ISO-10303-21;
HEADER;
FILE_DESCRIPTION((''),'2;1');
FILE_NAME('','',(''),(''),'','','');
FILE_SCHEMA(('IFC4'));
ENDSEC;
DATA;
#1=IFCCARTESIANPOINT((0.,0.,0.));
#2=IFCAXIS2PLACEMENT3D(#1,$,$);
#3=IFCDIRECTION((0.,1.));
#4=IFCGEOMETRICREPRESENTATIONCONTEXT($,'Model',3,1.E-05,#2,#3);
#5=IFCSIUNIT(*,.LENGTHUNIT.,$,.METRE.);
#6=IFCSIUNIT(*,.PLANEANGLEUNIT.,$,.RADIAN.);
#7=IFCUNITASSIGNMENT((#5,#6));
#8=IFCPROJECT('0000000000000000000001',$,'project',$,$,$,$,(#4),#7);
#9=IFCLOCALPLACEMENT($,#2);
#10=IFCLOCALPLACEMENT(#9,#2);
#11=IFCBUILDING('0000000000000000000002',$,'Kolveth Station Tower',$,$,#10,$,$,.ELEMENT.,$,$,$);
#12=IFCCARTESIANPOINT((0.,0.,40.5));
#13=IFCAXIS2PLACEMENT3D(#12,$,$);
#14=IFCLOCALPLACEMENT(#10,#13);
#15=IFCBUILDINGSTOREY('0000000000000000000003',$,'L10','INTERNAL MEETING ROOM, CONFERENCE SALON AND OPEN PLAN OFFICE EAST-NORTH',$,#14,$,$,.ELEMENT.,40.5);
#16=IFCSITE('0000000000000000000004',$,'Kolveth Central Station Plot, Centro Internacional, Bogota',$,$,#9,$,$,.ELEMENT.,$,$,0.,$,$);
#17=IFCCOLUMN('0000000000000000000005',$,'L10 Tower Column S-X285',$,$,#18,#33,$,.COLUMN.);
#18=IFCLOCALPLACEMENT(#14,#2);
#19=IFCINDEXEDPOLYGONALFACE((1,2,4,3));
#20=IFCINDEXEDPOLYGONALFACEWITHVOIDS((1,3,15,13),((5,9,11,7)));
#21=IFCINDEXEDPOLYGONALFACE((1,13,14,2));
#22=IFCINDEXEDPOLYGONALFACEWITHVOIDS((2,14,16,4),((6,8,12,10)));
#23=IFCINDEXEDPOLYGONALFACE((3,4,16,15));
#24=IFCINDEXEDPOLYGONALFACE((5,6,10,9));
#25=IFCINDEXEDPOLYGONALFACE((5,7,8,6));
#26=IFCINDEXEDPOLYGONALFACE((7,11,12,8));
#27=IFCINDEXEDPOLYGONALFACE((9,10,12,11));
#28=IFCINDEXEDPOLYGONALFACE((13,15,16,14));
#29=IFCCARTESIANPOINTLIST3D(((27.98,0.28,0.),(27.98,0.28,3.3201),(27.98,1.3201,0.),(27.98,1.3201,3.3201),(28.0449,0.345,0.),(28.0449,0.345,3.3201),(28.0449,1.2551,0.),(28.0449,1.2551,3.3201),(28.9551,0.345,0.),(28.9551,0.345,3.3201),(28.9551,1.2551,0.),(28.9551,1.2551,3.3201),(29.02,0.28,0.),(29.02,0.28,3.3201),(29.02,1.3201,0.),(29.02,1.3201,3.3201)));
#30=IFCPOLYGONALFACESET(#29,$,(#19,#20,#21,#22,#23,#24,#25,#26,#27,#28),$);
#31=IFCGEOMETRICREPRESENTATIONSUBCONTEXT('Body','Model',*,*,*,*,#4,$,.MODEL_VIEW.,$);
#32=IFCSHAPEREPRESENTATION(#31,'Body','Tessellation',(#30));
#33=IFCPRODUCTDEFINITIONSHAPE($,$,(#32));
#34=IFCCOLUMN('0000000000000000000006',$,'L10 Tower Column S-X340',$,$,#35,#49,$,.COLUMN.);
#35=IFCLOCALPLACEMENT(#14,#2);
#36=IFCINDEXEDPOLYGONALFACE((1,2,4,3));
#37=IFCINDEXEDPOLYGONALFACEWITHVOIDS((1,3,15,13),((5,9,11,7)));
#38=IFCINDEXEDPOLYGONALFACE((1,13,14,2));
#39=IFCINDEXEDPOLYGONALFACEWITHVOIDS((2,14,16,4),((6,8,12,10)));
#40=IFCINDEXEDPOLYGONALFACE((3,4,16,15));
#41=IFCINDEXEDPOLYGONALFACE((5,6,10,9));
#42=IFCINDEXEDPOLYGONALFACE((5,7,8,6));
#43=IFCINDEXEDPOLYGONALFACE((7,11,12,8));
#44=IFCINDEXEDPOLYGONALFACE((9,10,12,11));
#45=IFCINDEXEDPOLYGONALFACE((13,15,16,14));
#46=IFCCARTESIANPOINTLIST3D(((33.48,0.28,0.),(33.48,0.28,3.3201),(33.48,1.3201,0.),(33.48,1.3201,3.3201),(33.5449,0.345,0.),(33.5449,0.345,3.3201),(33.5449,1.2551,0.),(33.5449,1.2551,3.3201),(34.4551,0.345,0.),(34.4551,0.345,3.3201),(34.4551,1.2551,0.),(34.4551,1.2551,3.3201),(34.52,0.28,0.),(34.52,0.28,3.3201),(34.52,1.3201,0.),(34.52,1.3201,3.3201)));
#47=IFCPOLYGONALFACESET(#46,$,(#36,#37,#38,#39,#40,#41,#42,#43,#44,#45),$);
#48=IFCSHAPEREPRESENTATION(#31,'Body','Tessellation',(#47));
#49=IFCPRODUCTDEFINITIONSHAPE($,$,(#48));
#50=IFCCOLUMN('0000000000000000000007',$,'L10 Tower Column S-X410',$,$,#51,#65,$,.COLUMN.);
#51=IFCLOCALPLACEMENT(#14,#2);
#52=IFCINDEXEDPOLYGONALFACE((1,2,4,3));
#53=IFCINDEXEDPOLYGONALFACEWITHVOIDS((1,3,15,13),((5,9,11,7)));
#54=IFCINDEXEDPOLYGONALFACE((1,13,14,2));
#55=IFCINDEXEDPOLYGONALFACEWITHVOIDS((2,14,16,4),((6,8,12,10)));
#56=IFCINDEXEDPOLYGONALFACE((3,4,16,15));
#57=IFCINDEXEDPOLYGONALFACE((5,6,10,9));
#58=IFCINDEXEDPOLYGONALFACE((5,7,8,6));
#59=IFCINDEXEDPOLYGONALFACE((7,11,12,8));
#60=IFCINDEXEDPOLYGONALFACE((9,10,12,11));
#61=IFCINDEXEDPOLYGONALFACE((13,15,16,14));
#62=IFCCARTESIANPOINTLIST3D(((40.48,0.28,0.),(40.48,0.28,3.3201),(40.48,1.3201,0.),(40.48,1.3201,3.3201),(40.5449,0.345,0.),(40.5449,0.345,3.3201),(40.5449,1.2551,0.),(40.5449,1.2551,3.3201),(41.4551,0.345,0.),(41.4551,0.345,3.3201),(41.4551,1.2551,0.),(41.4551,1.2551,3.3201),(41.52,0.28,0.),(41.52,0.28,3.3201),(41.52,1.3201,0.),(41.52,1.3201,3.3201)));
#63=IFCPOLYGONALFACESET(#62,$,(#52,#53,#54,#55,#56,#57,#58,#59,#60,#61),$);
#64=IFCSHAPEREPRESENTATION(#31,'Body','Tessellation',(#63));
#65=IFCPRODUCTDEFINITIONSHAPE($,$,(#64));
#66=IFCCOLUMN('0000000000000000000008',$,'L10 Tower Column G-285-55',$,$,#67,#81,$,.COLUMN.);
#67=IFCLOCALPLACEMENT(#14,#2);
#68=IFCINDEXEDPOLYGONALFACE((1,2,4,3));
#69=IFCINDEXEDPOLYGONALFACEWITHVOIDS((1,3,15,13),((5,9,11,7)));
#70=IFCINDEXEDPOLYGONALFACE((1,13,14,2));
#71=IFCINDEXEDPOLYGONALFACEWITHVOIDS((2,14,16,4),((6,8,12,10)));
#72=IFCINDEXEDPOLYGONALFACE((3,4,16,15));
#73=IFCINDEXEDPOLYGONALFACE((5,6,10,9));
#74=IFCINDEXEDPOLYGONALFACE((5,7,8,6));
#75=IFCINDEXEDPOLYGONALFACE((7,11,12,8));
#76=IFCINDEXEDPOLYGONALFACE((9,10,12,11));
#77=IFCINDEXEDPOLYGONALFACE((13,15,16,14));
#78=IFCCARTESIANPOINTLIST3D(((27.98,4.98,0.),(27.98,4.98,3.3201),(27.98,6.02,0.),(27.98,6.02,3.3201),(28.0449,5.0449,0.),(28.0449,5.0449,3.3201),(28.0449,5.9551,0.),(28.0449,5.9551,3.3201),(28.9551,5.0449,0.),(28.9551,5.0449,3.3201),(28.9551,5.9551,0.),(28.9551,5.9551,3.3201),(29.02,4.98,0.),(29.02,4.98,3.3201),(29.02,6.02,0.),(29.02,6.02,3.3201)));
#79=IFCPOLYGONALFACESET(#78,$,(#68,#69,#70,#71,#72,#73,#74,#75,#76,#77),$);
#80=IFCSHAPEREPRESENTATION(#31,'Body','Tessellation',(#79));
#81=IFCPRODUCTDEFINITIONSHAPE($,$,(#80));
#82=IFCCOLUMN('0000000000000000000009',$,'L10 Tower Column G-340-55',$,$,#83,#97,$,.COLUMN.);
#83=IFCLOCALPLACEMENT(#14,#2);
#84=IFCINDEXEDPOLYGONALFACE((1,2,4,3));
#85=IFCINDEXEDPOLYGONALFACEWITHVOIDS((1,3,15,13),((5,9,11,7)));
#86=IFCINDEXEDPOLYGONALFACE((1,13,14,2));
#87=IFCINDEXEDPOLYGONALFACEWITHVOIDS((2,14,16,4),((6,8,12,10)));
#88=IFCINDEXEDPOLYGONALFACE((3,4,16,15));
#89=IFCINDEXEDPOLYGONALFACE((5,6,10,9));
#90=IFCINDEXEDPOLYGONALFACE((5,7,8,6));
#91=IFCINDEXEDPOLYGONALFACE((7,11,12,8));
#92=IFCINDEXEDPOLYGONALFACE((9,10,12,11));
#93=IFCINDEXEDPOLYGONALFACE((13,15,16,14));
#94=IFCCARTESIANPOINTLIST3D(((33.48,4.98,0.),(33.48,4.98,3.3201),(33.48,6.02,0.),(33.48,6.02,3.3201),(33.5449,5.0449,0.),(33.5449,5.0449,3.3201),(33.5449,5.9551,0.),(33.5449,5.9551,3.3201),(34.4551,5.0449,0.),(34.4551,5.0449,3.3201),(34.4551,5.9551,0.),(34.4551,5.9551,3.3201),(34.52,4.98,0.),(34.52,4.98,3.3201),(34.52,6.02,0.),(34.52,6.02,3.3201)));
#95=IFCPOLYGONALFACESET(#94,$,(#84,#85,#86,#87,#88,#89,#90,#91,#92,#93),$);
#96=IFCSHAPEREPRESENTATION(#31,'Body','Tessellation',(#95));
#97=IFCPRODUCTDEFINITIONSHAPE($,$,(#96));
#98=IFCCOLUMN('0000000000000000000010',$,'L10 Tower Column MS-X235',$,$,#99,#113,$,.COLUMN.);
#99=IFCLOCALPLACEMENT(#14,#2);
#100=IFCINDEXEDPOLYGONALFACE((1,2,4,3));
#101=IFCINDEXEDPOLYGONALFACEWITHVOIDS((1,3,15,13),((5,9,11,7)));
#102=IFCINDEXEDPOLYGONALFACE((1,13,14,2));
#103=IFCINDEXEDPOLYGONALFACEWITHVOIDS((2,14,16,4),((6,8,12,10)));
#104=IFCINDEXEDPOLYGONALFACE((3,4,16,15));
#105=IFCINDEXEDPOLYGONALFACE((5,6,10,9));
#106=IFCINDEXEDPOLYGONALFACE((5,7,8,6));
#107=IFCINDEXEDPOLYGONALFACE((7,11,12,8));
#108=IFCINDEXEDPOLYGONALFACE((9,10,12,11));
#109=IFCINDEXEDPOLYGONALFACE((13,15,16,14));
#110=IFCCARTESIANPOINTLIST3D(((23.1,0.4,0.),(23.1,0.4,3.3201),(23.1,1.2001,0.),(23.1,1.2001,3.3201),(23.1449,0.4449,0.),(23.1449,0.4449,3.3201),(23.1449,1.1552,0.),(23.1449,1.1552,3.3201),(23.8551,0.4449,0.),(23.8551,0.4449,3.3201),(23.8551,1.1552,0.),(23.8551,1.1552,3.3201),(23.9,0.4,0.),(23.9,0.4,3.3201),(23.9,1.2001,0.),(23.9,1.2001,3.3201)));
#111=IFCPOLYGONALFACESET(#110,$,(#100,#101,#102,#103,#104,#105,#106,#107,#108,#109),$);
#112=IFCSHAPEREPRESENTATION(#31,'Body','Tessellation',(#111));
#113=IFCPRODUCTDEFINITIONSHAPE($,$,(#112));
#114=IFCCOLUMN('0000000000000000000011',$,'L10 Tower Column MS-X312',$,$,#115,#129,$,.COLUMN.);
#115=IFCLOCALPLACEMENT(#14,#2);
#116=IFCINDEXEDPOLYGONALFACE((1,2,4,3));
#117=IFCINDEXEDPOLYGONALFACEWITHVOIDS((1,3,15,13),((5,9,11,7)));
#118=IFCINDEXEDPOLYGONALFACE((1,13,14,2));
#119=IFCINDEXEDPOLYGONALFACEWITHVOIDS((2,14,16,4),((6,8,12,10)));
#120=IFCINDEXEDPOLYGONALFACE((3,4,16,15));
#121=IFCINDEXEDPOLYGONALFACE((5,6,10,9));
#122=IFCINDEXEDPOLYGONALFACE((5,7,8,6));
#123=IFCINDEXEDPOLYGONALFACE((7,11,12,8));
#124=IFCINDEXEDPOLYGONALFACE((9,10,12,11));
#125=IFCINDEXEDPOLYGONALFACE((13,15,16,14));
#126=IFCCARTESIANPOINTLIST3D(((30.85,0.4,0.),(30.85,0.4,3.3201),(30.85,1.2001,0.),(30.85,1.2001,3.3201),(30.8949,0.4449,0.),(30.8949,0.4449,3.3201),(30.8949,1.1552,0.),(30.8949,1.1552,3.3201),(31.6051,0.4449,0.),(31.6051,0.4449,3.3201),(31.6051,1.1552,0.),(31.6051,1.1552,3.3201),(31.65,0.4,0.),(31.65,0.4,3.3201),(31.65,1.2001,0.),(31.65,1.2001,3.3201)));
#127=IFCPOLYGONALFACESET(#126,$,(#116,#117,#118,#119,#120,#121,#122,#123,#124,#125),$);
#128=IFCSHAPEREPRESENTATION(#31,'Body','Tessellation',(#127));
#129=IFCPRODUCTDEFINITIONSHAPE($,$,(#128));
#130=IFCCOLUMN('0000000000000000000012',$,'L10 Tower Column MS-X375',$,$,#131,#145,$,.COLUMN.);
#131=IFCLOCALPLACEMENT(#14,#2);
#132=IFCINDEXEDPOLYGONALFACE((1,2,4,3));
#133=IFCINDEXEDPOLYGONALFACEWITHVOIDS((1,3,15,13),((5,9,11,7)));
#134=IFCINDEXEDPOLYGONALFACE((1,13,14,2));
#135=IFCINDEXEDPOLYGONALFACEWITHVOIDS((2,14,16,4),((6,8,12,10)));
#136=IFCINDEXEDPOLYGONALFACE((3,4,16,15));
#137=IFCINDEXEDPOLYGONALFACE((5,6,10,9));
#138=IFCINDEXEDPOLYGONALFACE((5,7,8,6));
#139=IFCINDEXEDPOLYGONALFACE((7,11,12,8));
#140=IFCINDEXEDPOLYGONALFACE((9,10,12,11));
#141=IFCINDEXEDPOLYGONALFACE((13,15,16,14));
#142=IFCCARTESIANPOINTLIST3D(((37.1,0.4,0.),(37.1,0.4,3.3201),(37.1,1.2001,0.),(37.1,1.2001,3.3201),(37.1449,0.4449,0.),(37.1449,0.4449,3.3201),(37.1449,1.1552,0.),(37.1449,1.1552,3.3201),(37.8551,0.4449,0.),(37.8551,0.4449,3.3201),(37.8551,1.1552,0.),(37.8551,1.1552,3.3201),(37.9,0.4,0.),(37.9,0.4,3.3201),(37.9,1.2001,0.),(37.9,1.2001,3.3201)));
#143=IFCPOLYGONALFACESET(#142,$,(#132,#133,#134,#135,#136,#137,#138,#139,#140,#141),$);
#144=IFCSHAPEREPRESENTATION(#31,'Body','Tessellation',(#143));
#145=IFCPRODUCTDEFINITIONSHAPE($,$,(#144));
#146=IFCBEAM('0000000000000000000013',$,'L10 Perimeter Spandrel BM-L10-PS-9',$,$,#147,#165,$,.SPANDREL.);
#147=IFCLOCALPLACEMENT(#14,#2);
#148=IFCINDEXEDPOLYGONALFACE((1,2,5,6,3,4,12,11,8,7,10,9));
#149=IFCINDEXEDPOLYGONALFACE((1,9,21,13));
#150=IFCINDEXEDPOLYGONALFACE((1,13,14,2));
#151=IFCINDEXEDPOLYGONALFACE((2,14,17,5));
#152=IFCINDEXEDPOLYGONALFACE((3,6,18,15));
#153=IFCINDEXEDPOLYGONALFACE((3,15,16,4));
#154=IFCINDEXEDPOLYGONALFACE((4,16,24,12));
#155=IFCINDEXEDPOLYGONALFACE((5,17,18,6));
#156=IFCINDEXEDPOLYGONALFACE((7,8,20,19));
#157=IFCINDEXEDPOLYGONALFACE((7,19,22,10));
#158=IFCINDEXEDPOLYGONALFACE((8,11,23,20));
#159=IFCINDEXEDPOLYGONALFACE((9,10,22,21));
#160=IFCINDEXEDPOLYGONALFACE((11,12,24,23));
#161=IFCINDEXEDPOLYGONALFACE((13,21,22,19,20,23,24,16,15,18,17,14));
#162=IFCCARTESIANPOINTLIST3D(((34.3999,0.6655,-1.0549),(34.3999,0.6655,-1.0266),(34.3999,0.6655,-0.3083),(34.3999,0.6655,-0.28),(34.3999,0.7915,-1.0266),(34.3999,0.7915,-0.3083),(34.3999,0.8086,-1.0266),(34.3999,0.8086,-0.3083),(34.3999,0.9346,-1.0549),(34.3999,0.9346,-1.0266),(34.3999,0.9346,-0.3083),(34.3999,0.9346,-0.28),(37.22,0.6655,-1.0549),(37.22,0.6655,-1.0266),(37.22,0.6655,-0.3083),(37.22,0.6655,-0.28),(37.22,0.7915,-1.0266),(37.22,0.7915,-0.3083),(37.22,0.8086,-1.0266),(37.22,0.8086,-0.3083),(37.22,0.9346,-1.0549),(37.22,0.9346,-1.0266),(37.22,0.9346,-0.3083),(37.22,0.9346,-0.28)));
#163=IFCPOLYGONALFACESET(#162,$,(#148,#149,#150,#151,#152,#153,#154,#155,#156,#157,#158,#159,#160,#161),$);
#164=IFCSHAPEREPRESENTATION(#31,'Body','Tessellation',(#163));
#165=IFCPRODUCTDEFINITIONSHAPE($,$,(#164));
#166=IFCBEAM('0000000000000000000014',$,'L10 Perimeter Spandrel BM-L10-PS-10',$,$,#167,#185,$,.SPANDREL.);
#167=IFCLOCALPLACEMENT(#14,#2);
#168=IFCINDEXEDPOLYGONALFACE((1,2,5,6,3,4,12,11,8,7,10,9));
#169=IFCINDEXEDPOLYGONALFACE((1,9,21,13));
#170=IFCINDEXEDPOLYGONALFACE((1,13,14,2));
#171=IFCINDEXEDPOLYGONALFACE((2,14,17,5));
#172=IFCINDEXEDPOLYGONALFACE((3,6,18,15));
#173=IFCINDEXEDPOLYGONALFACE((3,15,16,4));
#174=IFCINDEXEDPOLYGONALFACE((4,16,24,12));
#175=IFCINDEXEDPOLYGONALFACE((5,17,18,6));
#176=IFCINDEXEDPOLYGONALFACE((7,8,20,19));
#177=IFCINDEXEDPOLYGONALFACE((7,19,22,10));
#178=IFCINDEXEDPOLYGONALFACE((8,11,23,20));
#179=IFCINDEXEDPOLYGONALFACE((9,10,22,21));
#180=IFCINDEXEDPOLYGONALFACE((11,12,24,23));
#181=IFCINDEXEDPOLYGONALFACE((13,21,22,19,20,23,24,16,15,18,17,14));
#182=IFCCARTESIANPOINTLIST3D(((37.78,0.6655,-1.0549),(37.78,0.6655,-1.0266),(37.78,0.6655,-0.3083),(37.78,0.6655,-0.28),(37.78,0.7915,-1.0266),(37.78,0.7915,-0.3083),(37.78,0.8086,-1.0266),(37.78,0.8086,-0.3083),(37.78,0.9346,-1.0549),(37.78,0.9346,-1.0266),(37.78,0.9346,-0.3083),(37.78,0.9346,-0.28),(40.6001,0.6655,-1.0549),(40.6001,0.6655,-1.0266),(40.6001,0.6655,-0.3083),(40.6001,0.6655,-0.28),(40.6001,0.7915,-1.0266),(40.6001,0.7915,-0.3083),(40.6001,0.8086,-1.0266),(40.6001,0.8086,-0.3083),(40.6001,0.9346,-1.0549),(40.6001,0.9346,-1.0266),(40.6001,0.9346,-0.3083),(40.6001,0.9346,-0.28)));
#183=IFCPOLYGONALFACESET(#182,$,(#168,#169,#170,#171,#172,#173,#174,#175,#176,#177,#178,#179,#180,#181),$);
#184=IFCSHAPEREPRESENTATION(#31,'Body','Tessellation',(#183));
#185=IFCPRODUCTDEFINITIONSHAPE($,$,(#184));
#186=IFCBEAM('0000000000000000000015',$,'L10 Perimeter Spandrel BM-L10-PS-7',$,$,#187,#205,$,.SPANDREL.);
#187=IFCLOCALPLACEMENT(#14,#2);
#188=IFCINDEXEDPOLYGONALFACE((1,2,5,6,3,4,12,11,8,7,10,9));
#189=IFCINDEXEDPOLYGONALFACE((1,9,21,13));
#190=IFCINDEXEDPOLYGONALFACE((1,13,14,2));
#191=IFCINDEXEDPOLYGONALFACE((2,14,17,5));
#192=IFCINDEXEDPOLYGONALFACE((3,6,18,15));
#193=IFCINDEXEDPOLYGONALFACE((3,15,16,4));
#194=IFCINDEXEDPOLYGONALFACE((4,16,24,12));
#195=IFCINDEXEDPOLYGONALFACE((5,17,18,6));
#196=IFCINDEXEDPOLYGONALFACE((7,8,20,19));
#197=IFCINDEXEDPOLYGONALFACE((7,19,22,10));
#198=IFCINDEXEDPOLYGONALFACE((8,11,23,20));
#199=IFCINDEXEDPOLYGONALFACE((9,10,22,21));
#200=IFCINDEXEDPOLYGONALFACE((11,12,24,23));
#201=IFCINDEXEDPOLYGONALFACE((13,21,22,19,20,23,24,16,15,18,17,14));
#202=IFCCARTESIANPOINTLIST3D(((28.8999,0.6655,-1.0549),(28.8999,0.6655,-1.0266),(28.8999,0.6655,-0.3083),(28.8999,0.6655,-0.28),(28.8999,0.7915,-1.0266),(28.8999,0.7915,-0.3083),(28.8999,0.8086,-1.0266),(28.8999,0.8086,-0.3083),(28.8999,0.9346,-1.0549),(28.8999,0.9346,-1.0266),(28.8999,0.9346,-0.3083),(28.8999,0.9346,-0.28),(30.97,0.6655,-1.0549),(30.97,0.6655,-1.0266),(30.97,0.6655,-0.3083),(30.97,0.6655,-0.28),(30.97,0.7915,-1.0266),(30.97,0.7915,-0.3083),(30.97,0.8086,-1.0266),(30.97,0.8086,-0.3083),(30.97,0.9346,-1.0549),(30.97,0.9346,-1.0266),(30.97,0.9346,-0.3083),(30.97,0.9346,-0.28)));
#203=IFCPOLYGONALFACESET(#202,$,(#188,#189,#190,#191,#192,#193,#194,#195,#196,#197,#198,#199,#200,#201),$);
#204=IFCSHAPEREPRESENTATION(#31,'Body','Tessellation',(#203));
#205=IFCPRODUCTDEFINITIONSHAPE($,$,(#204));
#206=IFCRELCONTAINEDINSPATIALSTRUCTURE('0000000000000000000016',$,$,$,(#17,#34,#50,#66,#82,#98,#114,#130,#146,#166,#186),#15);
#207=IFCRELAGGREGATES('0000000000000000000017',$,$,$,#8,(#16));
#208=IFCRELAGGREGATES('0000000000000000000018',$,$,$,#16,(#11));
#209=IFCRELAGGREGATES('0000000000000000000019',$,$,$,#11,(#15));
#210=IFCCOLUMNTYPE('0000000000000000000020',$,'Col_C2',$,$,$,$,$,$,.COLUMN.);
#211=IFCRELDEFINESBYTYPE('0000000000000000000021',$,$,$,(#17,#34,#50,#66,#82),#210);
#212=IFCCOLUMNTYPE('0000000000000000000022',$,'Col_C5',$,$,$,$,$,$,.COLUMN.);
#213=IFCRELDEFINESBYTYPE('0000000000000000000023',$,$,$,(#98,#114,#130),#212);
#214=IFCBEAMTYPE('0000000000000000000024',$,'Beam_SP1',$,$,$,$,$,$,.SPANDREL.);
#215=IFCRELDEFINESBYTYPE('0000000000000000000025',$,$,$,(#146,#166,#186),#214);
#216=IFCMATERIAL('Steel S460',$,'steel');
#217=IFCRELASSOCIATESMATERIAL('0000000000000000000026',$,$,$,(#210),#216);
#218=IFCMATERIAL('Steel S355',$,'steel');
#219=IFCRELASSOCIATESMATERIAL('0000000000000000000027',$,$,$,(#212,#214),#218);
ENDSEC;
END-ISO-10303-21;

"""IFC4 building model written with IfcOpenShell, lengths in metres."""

from ifc_helpers import new_model, si_unit, direction, frame, origin, origin_2d, place, context, subcontext, project, spatial, hollow_rectangle, i_section, extrude, source, transform, mapped, material, material_profile, profile_set, type_object, element, save


model = new_model("IFC4")

# Units and contexts
model_context = context("Model", 3, precision=1e-05, world=origin(), true_north=direction((0.0, 1.0)))
body_context = subcontext(model_context, "Body", "Model", "MODEL_VIEW")
ifc_project = project(units=[si_unit("LENGTHUNIT", "METRE"), si_unit("PLANEANGLEUNIT", "RADIAN")], contexts=[model_context])

# Site, building, storey
site_placement = place(None, origin())
site = spatial("IfcSite", under=ifc_project, at=site_placement, Name="Kolveth Central Station Plot, Centro Internacional, Bogota", CompositionType="ELEMENT", RefElevation=0.0)
building_placement = place(site_placement, origin())
building = spatial("IfcBuilding", under=site, at=building_placement, Name="Kolveth Station Tower", CompositionType="ELEMENT")
storey_placement = place(building_placement, frame((0.0, 0.0, 40.5)))
storey = spatial("IfcBuildingStorey", under=building, at=storey_placement, Name="L10", Description="INTERNAL MEETING ROOM, CONFERENCE SALON AND OPEN PLAN OFFICE EAST-NORTH", CompositionType="ELEMENT", Elevation=40.5)

# Columns
ifc_material_1 = material(Name="Steel S460", Category="steel")
ifc_material_profile_1 = material_profile(ifc_material_1, hollow_rectangle(XDim=1.04, YDim=1.04, WallThickness=0.0649, at=origin_2d()), Name="BOX1040x1040x65")
ifc_profile_set_1 = profile_set([ifc_material_profile_1], Name="Steel S460")
column_type_1 = type_object("IfcColumnType", Name="Col_C2", PredefinedType="COLUMN", material=ifc_profile_set_1)
shared_shape_1 = source(origin(), body_context, "Body", "SweptSolid", [
    extrude(hollow_rectangle(XDim=1.04, YDim=1.04, WallThickness=0.0649, at=origin_2d()), origin(), (0.0, 0.0, 1.0), 3.3201),
])
for number, where, z_axis, x_axis, name in (
    (1, (28.5, 0.8, 0.0), (0.0, 0.0, 1.0), (1.0, 0.0, 0.0), "L10 Tower Column S-X285"),
    (2, (34.0, 0.8, 0.0), (0.0, 0.0, 1.0), (1.0, 0.0, 0.0), "L10 Tower Column S-X340"),
    (3, (41.0, 0.8, 0.0), (0.0, 0.0, 1.0), (1.0, 0.0, 0.0), "L10 Tower Column S-X410"),
    (4, (28.5, 5.5, 0.0), (0.0, 0.0, 1.0), (1.0, 0.0, 0.0), "L10 Tower Column G-285-55"),
    (5, (34.0, 5.5, 0.0), (0.0, 0.0, 1.0), (1.0, 0.0, 0.0), "L10 Tower Column G-340-55"),
):
    element("IfcColumn", number, at=place(storey_placement, frame(where, z_axis=z_axis, x_axis=x_axis)), inside=storey, type_object=column_type_1, Name=name, PredefinedType="COLUMN", context=body_context, shape_type="MappedRepresentation", body=[
        mapped(shared_shape_1, transform((0.0, 0.0, 0.0), x_axis=(1.0, 0.0, 0.0), y_axis=(0.0, 1.0, 0.0), z_axis=(0.0, 0.0, 1.0), scale=1.0)),
    ])
ifc_material_2 = material(Name="Steel S355", Category="steel")
ifc_material_profile_2 = material_profile(ifc_material_2, hollow_rectangle(XDim=0.8, YDim=0.8, WallThickness=0.0449, at=origin_2d()), Name="BOX800x800x45")
ifc_profile_set_2 = profile_set([ifc_material_profile_2], Name="Steel S355")
column_type_2 = type_object("IfcColumnType", Name="Col_C5", PredefinedType="COLUMN", material=ifc_profile_set_2)
shared_shape_2 = source(origin(), body_context, "Body", "SweptSolid", [
    extrude(hollow_rectangle(XDim=0.8, YDim=0.8, WallThickness=0.0449, at=origin_2d()), origin(), (0.0, 0.0, 1.0), 3.3201),
])
for number, where, z_axis, x_axis, name in (
    (6, (23.5, 0.8, 0.0), (0.0, 0.0, 1.0), (1.0, 0.0, 0.0), "L10 Tower Column MS-X235"),
    (7, (31.25, 0.8, 0.0), (0.0, 0.0, 1.0), (1.0, 0.0, 0.0), "L10 Tower Column MS-X312"),
    (8, (37.5, 0.8, 0.0), (0.0, 0.0, 1.0), (1.0, 0.0, 0.0), "L10 Tower Column MS-X375"),
):
    element("IfcColumn", number, at=place(storey_placement, frame(where, z_axis=z_axis, x_axis=x_axis)), inside=storey, type_object=column_type_2, Name=name, PredefinedType="COLUMN", context=body_context, shape_type="MappedRepresentation", body=[
        mapped(shared_shape_2, transform((0.0, 0.0, 0.0), x_axis=(1.0, 0.0, 0.0), y_axis=(0.0, 1.0, 0.0), z_axis=(0.0, 0.0, 1.0), scale=1.0)),
    ])

# Beams
ifc_material_profile_3 = material_profile(ifc_material_2, i_section(OverallWidth=0.269, OverallDepth=0.7749, WebThickness=0.0171, FlangeThickness=0.0283, at=origin_2d()), Name="W760x220")
ifc_profile_set_3 = profile_set([ifc_material_profile_3], Name="Steel S355")
beam_type_1 = type_object("IfcBeamType", Name="Beam_SP1", PredefinedType="SPANDREL", material=ifc_profile_set_3)
shared_shape_3 = source(origin(), body_context, "Body", "SweptSolid", [
    extrude(i_section(OverallWidth=0.269, OverallDepth=0.7749, WebThickness=0.0171, FlangeThickness=0.0283, at=origin_2d()), origin(), (0.0, 0.0, 1.0), 2.8201),
])
for number, where, z_axis, x_axis, name in (
    (9, (34.3999, 0.8, -0.6675), (1.0, 0.0, 0.0), (0.0, 1.0, 0.0), "L10 Perimeter Spandrel BM-L10-PS-9"),
    (10, (37.78, 0.8, -0.6675), (1.0, 0.0, 0.0), (0.0, 1.0, 0.0), "L10 Perimeter Spandrel BM-L10-PS-10"),
):
    element("IfcBeam", number, at=place(storey_placement, frame(where, z_axis=z_axis, x_axis=x_axis)), inside=storey, type_object=beam_type_1, Name=name, PredefinedType="SPANDREL", context=body_context, shape_type="MappedRepresentation", body=[
        mapped(shared_shape_3, transform((0.0, 0.0, 0.0), x_axis=(1.0, 0.0, 0.0), y_axis=(0.0, 1.0, 0.0), z_axis=(0.0, 0.0, 1.0), scale=1.0)),
    ])
shared_shape_4 = source(origin(), body_context, "Body", "SweptSolid", [
    extrude(i_section(OverallWidth=0.269, OverallDepth=0.7749, WebThickness=0.0171, FlangeThickness=0.0283, at=origin_2d()), origin(), (0.0, 0.0, 1.0), 2.0701),
])
for number, where, z_axis, x_axis, name in (
    (11, (28.8999, 0.8, -0.6675), (1.0, 0.0, 0.0), (0.0, 1.0, 0.0), "L10 Perimeter Spandrel BM-L10-PS-7"),
):
    element("IfcBeam", number, at=place(storey_placement, frame(where, z_axis=z_axis, x_axis=x_axis)), inside=storey, type_object=beam_type_1, Name=name, PredefinedType="SPANDREL", context=body_context, shape_type="MappedRepresentation", body=[
        mapped(shared_shape_4, transform((0.0, 0.0, 0.0), x_axis=(1.0, 0.0, 0.0), y_axis=(0.0, 1.0, 0.0), z_axis=(0.0, 0.0, 1.0), scale=1.0)),
    ])

save(model, "model.ifc")
